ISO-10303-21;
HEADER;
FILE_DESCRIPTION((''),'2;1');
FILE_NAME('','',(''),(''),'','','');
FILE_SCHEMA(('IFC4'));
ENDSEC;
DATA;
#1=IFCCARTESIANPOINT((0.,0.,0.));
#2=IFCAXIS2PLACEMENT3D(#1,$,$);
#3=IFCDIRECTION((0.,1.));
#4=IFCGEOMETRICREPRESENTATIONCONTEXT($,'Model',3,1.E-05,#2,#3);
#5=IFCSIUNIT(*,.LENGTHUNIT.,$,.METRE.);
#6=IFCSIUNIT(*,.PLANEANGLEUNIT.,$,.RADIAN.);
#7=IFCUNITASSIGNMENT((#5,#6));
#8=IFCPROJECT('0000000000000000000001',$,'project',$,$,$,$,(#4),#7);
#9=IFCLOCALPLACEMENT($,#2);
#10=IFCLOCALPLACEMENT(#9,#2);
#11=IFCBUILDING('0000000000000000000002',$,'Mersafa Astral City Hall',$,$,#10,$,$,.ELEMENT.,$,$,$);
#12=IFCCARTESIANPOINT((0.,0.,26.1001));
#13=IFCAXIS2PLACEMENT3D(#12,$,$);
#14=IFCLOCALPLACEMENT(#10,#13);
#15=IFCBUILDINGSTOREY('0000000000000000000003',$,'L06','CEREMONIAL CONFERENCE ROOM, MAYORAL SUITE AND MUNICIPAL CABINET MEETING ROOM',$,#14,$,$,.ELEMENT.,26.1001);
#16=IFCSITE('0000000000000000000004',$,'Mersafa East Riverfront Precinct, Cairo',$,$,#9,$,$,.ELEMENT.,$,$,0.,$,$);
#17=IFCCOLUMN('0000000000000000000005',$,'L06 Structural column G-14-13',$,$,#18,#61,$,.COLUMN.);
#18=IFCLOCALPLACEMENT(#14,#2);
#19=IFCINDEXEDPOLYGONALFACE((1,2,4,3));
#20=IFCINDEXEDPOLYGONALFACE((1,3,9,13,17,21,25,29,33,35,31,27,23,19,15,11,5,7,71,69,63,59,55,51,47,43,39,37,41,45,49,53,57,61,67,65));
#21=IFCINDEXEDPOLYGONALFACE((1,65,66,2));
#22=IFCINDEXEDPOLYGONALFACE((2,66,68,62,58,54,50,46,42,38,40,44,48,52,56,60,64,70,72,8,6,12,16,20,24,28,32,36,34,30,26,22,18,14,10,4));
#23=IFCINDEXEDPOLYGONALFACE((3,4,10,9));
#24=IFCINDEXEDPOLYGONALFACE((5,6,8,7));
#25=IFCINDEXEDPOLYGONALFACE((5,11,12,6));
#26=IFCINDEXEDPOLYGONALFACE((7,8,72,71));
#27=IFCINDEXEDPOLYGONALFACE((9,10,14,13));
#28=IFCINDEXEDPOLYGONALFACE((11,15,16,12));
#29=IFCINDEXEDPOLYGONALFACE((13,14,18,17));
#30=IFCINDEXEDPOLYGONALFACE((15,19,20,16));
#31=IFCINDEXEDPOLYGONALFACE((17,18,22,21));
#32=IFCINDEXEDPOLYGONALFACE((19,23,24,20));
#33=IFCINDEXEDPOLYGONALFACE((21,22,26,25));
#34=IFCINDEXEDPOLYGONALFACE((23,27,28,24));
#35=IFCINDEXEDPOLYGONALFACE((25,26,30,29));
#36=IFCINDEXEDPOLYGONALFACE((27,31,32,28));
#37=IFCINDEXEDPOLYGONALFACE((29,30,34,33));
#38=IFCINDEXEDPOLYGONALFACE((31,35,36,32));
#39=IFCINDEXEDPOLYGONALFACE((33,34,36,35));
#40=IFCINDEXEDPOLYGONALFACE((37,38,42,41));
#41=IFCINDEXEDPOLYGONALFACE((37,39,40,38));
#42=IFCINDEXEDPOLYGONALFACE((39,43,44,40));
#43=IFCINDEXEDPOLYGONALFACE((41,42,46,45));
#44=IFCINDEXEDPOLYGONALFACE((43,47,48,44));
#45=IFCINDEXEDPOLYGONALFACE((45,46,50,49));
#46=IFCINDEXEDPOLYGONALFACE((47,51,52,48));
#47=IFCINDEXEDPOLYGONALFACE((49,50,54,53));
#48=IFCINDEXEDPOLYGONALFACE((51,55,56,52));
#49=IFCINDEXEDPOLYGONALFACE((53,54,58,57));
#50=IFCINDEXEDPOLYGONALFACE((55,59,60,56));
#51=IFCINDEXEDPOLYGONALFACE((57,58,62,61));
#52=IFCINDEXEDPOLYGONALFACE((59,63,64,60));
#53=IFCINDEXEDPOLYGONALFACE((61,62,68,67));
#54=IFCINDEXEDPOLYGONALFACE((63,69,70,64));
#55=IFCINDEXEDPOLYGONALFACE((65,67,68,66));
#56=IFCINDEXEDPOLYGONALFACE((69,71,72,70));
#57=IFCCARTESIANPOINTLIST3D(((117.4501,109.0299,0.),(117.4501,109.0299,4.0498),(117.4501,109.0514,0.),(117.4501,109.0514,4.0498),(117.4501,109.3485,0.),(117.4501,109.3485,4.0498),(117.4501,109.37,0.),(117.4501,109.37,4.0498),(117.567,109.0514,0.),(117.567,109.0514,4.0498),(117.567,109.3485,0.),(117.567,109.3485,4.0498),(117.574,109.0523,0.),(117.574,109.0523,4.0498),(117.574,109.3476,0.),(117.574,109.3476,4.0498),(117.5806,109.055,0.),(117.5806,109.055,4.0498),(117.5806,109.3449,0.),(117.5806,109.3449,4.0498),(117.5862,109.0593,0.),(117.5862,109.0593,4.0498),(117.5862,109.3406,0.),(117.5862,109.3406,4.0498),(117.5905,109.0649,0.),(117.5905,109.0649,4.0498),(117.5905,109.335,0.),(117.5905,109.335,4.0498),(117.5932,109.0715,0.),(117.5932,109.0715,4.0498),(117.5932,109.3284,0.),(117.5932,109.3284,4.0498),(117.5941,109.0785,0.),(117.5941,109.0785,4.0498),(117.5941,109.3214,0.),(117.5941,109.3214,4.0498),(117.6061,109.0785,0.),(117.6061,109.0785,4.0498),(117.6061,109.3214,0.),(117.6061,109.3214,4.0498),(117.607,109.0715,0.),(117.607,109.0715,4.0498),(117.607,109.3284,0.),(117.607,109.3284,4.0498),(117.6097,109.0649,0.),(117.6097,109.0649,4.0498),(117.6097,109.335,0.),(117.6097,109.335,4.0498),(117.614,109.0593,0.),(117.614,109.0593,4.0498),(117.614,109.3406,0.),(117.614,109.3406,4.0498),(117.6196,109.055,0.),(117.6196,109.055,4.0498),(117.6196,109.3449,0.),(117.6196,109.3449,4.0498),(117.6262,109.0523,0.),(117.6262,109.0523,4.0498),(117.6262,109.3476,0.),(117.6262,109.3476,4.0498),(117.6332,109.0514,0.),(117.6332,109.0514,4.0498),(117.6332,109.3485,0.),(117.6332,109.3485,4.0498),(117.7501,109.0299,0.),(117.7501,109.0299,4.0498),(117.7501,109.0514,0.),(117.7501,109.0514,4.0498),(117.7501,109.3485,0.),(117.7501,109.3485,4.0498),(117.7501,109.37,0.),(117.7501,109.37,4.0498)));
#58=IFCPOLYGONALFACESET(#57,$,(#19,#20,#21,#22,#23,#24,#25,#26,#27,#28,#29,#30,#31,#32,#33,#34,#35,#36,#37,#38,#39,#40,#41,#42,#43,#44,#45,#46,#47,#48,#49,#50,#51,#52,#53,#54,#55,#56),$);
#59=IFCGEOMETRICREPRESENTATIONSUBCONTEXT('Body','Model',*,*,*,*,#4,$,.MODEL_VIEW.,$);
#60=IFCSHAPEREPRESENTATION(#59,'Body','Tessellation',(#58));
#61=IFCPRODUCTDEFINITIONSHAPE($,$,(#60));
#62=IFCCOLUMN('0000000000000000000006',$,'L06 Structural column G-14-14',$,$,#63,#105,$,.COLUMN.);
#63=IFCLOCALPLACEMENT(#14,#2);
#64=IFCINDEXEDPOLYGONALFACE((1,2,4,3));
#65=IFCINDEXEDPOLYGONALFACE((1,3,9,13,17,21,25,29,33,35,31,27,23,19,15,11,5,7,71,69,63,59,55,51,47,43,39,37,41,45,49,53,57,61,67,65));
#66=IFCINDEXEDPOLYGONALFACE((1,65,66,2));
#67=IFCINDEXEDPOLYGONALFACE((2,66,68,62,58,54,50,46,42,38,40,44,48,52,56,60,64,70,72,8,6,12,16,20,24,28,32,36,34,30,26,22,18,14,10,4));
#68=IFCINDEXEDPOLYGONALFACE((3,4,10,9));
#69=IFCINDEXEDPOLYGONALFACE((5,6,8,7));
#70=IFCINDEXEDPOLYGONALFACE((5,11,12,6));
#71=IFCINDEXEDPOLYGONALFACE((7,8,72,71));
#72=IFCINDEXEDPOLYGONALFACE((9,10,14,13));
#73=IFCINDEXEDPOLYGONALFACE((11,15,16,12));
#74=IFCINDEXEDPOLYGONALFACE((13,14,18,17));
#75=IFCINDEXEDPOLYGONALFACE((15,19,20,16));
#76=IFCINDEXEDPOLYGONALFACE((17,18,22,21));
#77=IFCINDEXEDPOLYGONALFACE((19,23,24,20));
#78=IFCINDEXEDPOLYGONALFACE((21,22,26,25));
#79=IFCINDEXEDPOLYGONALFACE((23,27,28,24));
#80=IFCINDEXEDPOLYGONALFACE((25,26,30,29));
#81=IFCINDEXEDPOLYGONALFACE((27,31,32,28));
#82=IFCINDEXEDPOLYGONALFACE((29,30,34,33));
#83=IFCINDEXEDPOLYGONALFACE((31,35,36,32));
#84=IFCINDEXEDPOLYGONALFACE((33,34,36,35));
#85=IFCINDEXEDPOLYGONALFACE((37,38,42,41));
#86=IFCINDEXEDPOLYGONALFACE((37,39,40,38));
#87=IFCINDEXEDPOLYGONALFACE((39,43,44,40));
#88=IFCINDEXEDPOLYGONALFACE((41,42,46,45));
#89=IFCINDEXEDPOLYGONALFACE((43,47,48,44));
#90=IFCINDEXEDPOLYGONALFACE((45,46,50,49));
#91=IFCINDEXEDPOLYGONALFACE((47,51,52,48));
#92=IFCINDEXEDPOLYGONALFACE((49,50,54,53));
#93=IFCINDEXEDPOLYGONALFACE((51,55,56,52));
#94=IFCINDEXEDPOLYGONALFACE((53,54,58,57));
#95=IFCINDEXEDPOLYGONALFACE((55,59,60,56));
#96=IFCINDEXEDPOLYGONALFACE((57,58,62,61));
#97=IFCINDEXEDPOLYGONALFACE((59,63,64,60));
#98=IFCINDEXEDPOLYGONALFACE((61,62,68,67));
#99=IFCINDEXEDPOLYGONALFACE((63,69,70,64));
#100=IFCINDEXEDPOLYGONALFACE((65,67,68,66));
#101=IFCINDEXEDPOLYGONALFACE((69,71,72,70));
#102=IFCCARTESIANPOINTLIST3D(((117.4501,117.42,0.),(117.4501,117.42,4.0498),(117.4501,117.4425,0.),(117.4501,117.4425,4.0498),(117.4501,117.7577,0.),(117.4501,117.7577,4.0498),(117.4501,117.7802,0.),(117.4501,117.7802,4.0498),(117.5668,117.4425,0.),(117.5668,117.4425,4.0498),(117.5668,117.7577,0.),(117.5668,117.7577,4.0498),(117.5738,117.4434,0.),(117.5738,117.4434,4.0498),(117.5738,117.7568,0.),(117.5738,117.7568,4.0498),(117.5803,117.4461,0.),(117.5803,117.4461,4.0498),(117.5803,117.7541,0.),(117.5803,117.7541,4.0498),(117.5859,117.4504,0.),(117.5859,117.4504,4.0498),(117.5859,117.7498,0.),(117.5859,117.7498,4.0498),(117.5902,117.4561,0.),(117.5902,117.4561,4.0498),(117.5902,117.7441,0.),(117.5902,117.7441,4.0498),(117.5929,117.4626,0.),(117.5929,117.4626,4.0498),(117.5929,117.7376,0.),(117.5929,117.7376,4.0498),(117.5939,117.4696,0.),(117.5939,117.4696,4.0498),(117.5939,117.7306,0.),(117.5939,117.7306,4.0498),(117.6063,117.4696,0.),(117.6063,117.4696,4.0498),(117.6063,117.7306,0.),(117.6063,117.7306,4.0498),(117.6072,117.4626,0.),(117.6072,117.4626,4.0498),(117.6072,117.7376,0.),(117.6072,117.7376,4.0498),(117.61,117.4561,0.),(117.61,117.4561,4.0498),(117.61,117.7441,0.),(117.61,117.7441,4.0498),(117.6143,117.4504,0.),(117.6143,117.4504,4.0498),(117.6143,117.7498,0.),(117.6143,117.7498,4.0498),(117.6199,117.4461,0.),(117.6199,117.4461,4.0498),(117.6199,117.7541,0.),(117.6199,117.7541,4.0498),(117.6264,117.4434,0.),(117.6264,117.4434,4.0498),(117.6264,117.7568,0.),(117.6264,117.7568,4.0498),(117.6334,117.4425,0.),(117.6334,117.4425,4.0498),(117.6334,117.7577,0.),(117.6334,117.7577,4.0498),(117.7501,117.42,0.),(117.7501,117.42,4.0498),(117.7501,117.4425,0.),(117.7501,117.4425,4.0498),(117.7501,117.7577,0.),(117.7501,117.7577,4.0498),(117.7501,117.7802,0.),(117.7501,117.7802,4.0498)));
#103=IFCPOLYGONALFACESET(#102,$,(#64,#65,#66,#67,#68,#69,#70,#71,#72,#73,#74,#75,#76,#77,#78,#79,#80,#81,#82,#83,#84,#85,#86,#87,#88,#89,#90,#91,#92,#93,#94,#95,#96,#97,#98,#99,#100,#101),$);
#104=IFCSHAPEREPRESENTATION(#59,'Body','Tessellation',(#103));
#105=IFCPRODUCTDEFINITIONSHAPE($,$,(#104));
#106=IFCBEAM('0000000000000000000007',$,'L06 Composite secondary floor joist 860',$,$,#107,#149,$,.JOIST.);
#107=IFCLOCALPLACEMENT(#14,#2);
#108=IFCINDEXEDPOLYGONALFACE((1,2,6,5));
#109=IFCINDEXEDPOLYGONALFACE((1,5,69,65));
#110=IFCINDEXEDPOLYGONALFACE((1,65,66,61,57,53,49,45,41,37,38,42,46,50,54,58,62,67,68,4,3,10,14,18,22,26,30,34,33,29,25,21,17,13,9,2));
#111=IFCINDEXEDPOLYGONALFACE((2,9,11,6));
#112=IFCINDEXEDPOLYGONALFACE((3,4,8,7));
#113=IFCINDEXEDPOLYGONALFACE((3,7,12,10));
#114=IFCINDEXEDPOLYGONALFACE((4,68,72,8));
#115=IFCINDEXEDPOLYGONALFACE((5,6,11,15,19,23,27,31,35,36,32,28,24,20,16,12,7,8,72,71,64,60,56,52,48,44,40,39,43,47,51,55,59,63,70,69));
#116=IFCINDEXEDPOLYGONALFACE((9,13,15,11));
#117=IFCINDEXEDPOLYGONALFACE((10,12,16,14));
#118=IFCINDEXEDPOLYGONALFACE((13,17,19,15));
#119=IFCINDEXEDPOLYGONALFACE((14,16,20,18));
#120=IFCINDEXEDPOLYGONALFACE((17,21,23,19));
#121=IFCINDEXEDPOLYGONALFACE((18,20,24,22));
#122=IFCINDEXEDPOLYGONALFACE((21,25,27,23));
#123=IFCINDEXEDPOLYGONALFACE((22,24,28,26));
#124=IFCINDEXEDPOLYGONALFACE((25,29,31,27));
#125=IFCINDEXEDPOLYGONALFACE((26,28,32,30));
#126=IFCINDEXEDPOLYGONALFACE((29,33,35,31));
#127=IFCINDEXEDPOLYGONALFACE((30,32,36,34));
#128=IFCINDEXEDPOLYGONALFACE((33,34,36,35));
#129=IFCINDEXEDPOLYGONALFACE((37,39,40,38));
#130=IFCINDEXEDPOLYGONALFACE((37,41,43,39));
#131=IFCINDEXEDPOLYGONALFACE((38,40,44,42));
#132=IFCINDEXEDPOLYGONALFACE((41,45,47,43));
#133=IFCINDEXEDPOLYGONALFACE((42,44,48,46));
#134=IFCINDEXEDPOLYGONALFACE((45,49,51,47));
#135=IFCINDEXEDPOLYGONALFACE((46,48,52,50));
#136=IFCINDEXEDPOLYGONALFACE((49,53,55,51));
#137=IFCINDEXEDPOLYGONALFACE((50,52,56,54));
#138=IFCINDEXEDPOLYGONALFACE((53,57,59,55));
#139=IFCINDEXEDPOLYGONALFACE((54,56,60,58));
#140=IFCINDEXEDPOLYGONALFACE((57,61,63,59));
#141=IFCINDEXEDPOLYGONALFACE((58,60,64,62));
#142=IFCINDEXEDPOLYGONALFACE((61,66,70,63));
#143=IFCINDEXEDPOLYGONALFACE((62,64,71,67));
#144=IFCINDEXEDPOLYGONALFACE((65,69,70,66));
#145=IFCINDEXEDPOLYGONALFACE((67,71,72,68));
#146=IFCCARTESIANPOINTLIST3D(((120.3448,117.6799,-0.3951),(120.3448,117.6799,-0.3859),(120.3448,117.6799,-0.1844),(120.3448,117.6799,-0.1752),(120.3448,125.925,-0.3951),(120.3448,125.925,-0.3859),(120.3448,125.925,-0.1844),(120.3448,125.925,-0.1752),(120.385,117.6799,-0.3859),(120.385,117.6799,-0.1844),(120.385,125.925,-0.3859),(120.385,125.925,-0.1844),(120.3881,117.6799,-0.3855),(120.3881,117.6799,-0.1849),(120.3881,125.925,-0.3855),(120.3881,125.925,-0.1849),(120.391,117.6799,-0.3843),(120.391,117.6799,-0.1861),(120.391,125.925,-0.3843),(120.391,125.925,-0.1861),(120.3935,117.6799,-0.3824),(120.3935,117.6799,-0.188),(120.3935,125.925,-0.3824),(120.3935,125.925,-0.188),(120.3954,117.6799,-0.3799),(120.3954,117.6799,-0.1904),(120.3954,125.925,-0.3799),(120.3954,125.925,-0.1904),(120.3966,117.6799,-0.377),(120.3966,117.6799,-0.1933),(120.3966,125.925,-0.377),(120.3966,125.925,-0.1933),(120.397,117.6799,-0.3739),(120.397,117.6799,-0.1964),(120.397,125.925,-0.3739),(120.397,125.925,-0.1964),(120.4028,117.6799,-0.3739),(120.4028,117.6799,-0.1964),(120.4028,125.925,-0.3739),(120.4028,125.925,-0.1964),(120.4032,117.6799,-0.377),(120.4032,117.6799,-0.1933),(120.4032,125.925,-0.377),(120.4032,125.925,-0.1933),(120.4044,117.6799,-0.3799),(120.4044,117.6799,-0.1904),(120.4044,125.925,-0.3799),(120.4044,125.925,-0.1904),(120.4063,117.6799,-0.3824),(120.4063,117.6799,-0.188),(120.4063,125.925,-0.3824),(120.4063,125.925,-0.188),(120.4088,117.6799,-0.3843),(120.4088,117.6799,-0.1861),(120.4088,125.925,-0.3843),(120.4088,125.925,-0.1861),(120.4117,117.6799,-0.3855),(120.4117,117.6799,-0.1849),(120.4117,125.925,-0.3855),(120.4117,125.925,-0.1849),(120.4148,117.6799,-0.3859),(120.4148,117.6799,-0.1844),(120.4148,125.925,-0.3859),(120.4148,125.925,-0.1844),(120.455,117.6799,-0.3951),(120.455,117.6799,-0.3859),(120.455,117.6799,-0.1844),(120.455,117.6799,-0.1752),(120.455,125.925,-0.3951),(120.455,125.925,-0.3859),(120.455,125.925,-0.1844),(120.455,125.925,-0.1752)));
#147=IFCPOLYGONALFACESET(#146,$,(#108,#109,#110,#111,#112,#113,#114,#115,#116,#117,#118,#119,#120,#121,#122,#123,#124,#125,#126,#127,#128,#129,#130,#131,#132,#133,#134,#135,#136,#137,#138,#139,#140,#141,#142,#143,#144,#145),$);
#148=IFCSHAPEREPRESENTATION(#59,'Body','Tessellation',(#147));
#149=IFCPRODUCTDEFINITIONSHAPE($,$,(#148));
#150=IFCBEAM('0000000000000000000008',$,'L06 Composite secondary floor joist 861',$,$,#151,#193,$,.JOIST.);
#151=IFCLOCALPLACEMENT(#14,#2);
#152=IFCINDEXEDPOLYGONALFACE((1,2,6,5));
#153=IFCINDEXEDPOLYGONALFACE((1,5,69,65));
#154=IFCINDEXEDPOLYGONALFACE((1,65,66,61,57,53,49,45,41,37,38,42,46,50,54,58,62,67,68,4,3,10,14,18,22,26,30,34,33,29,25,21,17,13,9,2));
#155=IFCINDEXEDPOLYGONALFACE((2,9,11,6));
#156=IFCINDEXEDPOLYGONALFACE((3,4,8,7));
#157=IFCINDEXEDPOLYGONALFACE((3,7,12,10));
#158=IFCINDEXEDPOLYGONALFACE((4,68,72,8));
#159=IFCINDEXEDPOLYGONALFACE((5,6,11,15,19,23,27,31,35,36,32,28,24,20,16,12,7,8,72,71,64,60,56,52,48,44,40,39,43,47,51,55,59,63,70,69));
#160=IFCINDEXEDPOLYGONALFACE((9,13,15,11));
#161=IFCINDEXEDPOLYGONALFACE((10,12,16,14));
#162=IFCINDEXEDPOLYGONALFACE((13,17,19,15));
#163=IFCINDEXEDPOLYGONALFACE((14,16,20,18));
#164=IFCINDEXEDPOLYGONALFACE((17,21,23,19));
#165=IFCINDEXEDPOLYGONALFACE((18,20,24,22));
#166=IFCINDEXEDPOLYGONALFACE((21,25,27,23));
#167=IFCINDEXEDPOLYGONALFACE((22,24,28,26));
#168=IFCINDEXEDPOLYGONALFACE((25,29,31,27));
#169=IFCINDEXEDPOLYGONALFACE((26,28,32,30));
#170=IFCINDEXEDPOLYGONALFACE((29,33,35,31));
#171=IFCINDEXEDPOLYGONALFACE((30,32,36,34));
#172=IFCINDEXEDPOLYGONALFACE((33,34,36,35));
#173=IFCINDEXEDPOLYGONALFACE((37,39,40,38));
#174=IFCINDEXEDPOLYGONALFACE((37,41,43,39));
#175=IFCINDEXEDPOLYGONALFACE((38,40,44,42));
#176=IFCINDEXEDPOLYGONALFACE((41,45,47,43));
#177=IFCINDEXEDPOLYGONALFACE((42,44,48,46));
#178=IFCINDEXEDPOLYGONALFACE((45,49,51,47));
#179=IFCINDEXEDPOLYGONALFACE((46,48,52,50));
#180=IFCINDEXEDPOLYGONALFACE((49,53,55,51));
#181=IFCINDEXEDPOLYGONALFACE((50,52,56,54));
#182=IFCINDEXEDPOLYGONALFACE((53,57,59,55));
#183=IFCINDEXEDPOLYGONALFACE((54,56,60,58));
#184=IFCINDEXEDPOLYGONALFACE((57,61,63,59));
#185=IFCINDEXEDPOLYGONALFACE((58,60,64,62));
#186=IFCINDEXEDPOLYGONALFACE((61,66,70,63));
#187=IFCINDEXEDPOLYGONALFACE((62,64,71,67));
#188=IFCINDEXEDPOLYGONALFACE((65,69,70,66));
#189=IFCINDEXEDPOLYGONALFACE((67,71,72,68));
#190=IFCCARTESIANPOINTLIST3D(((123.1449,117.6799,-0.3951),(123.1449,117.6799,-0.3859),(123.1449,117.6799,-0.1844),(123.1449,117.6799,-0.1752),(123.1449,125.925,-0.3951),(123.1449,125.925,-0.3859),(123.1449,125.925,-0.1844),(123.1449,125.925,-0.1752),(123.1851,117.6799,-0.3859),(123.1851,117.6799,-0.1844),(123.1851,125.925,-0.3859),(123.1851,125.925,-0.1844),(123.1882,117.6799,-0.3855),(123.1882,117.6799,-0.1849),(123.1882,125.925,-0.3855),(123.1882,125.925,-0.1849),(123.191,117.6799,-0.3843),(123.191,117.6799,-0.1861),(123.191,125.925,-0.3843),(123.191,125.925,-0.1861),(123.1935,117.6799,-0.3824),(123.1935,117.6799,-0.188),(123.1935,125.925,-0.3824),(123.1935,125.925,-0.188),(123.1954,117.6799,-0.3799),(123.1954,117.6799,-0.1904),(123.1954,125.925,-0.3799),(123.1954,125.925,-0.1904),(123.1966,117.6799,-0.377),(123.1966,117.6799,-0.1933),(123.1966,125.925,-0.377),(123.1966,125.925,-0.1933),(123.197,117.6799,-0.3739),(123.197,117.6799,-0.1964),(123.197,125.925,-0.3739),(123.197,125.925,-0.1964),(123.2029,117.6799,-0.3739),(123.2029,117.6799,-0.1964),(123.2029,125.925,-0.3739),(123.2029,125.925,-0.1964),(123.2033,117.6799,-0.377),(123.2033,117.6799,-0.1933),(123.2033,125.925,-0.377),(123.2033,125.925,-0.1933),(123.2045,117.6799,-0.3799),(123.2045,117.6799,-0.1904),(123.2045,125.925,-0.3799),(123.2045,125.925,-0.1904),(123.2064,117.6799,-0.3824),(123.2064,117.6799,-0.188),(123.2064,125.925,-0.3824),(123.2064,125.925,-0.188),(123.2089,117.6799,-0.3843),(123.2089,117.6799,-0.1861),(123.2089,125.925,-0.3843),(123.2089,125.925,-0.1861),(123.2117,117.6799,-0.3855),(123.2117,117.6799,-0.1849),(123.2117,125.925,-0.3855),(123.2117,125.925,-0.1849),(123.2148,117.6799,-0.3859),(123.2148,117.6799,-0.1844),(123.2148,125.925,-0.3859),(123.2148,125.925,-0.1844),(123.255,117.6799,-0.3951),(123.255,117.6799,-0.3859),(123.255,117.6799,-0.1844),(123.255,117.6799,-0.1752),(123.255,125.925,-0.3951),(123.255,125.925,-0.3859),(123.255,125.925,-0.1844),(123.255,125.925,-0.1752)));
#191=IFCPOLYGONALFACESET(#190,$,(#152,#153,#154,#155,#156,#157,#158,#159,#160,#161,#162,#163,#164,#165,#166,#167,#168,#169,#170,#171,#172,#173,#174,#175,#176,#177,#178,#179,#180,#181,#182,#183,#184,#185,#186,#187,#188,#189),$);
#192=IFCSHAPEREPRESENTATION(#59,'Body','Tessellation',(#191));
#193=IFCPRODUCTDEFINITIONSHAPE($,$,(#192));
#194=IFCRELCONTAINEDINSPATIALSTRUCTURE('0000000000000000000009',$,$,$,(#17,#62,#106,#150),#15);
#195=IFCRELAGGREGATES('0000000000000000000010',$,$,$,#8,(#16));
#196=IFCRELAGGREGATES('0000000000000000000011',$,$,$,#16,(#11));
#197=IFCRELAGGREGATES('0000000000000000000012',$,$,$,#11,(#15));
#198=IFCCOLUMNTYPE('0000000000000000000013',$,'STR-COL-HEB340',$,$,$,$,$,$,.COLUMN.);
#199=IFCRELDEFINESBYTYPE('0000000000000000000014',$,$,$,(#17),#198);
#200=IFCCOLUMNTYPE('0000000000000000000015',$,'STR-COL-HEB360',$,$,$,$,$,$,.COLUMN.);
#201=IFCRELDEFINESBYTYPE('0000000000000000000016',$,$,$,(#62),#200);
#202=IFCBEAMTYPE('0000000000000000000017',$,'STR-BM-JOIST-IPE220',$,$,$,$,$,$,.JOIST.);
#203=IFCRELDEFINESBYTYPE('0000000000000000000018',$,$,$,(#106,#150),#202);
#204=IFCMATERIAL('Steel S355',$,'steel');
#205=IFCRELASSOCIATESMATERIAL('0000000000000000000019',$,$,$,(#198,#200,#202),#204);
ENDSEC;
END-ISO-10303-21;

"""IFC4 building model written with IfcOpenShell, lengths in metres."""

from ifc_helpers import new_model, si_unit, direction, frame, origin, origin_2d, place, context, subcontext, project, spatial, i_section, extrude, material, material_profile, profile_set, type_object, element, save


model = new_model("IFC4")

# Units and contexts
model_context = context("Model", 3, precision=1e-05, world=origin(), true_north=direction((0.0, 1.0)))
body_context = subcontext(model_context, "Body", "Model", "MODEL_VIEW")
ifc_project = project(units=[si_unit("LENGTHUNIT", "METRE"), si_unit("PLANEANGLEUNIT", "RADIAN")], contexts=[model_context])

# Site, building, storey
site_placement = place(None, origin())
site = spatial("IfcSite", under=ifc_project, at=site_placement, Name="Mersafa East Riverfront Precinct, Cairo", CompositionType="ELEMENT", RefElevation=0.0)
building_placement = place(site_placement, origin())
building = spatial("IfcBuilding", under=site, at=building_placement, Name="Mersafa Astral City Hall", CompositionType="ELEMENT")
storey_placement = place(building_placement, frame((0.0, 0.0, 26.1001)))
storey = spatial("IfcBuildingStorey", under=building, at=storey_placement, Name="L06", Description="CEREMONIAL CONFERENCE ROOM, MAYORAL SUITE AND MUNICIPAL CABINET MEETING ROOM", CompositionType="ELEMENT", Elevation=26.1001)

# Columns
ifc_material_1 = material(Name="Steel S355", Category="steel")
ifc_material_profile_1 = material_profile(ifc_material_1, i_section(OverallWidth=0.3, OverallDepth=0.3401, WebThickness=0.012, FlangeThickness=0.0215, FilletRadius=0.0271, at=origin_2d()), Name="HEB 340")
ifc_profile_set_1 = profile_set([ifc_material_profile_1], Name="Steel S355")
column_type_1 = type_object("IfcColumnType", Name="STR-COL-HEB340", PredefinedType="COLUMN", material=ifc_profile_set_1)
column_1_placement = place(storey_placement, frame((117.6001, 109.2, 0.0), z_axis=(0.0, 0.0, 1.0), x_axis=(1.0, 0.0, 0.0)))
element("IfcColumn", 1, at=column_1_placement, inside=storey, type_object=column_type_1, Name="L06 Structural column G-14-13", PredefinedType="COLUMN", context=body_context, shape_type="SweptSolid", body=[
    extrude(i_section(OverallWidth=0.3, OverallDepth=0.3401, WebThickness=0.012, FlangeThickness=0.0215, FilletRadius=0.0271, at=origin_2d()), origin(), (0.0, 0.0, 1.0), 4.0498),
])
ifc_material_profile_2 = material_profile(ifc_material_1, i_section(OverallWidth=0.3, OverallDepth=0.3601, WebThickness=0.0125, FlangeThickness=0.0225, FilletRadius=0.0271, at=origin_2d()), Name="HEB 360")
ifc_profile_set_2 = profile_set([ifc_material_profile_2], Name="Steel S355")
column_type_2 = type_object("IfcColumnType", Name="STR-COL-HEB360", PredefinedType="COLUMN", material=ifc_profile_set_2)
column_2_placement = place(storey_placement, frame((117.6001, 117.6001, 0.0), z_axis=(0.0, 0.0, 1.0), x_axis=(1.0, 0.0, 0.0)))
element("IfcColumn", 2, at=column_2_placement, inside=storey, type_object=column_type_2, Name="L06 Structural column G-14-14", PredefinedType="COLUMN", context=body_context, shape_type="SweptSolid", body=[
    extrude(i_section(OverallWidth=0.3, OverallDepth=0.3601, WebThickness=0.0125, FlangeThickness=0.0225, FilletRadius=0.0271, at=origin_2d()), origin(), (0.0, 0.0, 1.0), 4.0498),
])

# Beams
ifc_material_profile_3 = material_profile(ifc_material_1, i_section(OverallWidth=0.1101, OverallDepth=0.22, WebThickness=0.0059, FlangeThickness=0.0093, FilletRadius=0.012, at=origin_2d()), Name="IPE 220")
ifc_profile_set_3 = profile_set([ifc_material_profile_3], Name="Steel S355")
beam_type_1 = type_object("IfcBeamType", Name="STR-BM-JOIST-IPE220", PredefinedType="JOIST", material=ifc_profile_set_3)
for number, where, z_axis, x_axis, name in (
    (3, (120.3999, 117.6799, -0.2852), (0.0, 1.0, 0.0), (-1.0, 0.0, 0.0), "L06 Composite secondary floor joist 860"),
    (4, (123.2, 117.6799, -0.2852), (0.0, 1.0, 0.0), (-1.0, 0.0, 0.0), "L06 Composite secondary floor joist 861"),
):
    element("IfcBeam", number, at=place(storey_placement, frame(where, z_axis=z_axis, x_axis=x_axis)), inside=storey, type_object=beam_type_1, Name=name, PredefinedType="JOIST", context=body_context, shape_type="SweptSolid", body=[
        extrude(i_section(OverallWidth=0.1101, OverallDepth=0.22, WebThickness=0.0059, FlangeThickness=0.0093, FilletRadius=0.012, at=origin_2d()), origin(), (0.0, 0.0, 1.0), 8.2451),
    ])

save(model, "model.ifc")
